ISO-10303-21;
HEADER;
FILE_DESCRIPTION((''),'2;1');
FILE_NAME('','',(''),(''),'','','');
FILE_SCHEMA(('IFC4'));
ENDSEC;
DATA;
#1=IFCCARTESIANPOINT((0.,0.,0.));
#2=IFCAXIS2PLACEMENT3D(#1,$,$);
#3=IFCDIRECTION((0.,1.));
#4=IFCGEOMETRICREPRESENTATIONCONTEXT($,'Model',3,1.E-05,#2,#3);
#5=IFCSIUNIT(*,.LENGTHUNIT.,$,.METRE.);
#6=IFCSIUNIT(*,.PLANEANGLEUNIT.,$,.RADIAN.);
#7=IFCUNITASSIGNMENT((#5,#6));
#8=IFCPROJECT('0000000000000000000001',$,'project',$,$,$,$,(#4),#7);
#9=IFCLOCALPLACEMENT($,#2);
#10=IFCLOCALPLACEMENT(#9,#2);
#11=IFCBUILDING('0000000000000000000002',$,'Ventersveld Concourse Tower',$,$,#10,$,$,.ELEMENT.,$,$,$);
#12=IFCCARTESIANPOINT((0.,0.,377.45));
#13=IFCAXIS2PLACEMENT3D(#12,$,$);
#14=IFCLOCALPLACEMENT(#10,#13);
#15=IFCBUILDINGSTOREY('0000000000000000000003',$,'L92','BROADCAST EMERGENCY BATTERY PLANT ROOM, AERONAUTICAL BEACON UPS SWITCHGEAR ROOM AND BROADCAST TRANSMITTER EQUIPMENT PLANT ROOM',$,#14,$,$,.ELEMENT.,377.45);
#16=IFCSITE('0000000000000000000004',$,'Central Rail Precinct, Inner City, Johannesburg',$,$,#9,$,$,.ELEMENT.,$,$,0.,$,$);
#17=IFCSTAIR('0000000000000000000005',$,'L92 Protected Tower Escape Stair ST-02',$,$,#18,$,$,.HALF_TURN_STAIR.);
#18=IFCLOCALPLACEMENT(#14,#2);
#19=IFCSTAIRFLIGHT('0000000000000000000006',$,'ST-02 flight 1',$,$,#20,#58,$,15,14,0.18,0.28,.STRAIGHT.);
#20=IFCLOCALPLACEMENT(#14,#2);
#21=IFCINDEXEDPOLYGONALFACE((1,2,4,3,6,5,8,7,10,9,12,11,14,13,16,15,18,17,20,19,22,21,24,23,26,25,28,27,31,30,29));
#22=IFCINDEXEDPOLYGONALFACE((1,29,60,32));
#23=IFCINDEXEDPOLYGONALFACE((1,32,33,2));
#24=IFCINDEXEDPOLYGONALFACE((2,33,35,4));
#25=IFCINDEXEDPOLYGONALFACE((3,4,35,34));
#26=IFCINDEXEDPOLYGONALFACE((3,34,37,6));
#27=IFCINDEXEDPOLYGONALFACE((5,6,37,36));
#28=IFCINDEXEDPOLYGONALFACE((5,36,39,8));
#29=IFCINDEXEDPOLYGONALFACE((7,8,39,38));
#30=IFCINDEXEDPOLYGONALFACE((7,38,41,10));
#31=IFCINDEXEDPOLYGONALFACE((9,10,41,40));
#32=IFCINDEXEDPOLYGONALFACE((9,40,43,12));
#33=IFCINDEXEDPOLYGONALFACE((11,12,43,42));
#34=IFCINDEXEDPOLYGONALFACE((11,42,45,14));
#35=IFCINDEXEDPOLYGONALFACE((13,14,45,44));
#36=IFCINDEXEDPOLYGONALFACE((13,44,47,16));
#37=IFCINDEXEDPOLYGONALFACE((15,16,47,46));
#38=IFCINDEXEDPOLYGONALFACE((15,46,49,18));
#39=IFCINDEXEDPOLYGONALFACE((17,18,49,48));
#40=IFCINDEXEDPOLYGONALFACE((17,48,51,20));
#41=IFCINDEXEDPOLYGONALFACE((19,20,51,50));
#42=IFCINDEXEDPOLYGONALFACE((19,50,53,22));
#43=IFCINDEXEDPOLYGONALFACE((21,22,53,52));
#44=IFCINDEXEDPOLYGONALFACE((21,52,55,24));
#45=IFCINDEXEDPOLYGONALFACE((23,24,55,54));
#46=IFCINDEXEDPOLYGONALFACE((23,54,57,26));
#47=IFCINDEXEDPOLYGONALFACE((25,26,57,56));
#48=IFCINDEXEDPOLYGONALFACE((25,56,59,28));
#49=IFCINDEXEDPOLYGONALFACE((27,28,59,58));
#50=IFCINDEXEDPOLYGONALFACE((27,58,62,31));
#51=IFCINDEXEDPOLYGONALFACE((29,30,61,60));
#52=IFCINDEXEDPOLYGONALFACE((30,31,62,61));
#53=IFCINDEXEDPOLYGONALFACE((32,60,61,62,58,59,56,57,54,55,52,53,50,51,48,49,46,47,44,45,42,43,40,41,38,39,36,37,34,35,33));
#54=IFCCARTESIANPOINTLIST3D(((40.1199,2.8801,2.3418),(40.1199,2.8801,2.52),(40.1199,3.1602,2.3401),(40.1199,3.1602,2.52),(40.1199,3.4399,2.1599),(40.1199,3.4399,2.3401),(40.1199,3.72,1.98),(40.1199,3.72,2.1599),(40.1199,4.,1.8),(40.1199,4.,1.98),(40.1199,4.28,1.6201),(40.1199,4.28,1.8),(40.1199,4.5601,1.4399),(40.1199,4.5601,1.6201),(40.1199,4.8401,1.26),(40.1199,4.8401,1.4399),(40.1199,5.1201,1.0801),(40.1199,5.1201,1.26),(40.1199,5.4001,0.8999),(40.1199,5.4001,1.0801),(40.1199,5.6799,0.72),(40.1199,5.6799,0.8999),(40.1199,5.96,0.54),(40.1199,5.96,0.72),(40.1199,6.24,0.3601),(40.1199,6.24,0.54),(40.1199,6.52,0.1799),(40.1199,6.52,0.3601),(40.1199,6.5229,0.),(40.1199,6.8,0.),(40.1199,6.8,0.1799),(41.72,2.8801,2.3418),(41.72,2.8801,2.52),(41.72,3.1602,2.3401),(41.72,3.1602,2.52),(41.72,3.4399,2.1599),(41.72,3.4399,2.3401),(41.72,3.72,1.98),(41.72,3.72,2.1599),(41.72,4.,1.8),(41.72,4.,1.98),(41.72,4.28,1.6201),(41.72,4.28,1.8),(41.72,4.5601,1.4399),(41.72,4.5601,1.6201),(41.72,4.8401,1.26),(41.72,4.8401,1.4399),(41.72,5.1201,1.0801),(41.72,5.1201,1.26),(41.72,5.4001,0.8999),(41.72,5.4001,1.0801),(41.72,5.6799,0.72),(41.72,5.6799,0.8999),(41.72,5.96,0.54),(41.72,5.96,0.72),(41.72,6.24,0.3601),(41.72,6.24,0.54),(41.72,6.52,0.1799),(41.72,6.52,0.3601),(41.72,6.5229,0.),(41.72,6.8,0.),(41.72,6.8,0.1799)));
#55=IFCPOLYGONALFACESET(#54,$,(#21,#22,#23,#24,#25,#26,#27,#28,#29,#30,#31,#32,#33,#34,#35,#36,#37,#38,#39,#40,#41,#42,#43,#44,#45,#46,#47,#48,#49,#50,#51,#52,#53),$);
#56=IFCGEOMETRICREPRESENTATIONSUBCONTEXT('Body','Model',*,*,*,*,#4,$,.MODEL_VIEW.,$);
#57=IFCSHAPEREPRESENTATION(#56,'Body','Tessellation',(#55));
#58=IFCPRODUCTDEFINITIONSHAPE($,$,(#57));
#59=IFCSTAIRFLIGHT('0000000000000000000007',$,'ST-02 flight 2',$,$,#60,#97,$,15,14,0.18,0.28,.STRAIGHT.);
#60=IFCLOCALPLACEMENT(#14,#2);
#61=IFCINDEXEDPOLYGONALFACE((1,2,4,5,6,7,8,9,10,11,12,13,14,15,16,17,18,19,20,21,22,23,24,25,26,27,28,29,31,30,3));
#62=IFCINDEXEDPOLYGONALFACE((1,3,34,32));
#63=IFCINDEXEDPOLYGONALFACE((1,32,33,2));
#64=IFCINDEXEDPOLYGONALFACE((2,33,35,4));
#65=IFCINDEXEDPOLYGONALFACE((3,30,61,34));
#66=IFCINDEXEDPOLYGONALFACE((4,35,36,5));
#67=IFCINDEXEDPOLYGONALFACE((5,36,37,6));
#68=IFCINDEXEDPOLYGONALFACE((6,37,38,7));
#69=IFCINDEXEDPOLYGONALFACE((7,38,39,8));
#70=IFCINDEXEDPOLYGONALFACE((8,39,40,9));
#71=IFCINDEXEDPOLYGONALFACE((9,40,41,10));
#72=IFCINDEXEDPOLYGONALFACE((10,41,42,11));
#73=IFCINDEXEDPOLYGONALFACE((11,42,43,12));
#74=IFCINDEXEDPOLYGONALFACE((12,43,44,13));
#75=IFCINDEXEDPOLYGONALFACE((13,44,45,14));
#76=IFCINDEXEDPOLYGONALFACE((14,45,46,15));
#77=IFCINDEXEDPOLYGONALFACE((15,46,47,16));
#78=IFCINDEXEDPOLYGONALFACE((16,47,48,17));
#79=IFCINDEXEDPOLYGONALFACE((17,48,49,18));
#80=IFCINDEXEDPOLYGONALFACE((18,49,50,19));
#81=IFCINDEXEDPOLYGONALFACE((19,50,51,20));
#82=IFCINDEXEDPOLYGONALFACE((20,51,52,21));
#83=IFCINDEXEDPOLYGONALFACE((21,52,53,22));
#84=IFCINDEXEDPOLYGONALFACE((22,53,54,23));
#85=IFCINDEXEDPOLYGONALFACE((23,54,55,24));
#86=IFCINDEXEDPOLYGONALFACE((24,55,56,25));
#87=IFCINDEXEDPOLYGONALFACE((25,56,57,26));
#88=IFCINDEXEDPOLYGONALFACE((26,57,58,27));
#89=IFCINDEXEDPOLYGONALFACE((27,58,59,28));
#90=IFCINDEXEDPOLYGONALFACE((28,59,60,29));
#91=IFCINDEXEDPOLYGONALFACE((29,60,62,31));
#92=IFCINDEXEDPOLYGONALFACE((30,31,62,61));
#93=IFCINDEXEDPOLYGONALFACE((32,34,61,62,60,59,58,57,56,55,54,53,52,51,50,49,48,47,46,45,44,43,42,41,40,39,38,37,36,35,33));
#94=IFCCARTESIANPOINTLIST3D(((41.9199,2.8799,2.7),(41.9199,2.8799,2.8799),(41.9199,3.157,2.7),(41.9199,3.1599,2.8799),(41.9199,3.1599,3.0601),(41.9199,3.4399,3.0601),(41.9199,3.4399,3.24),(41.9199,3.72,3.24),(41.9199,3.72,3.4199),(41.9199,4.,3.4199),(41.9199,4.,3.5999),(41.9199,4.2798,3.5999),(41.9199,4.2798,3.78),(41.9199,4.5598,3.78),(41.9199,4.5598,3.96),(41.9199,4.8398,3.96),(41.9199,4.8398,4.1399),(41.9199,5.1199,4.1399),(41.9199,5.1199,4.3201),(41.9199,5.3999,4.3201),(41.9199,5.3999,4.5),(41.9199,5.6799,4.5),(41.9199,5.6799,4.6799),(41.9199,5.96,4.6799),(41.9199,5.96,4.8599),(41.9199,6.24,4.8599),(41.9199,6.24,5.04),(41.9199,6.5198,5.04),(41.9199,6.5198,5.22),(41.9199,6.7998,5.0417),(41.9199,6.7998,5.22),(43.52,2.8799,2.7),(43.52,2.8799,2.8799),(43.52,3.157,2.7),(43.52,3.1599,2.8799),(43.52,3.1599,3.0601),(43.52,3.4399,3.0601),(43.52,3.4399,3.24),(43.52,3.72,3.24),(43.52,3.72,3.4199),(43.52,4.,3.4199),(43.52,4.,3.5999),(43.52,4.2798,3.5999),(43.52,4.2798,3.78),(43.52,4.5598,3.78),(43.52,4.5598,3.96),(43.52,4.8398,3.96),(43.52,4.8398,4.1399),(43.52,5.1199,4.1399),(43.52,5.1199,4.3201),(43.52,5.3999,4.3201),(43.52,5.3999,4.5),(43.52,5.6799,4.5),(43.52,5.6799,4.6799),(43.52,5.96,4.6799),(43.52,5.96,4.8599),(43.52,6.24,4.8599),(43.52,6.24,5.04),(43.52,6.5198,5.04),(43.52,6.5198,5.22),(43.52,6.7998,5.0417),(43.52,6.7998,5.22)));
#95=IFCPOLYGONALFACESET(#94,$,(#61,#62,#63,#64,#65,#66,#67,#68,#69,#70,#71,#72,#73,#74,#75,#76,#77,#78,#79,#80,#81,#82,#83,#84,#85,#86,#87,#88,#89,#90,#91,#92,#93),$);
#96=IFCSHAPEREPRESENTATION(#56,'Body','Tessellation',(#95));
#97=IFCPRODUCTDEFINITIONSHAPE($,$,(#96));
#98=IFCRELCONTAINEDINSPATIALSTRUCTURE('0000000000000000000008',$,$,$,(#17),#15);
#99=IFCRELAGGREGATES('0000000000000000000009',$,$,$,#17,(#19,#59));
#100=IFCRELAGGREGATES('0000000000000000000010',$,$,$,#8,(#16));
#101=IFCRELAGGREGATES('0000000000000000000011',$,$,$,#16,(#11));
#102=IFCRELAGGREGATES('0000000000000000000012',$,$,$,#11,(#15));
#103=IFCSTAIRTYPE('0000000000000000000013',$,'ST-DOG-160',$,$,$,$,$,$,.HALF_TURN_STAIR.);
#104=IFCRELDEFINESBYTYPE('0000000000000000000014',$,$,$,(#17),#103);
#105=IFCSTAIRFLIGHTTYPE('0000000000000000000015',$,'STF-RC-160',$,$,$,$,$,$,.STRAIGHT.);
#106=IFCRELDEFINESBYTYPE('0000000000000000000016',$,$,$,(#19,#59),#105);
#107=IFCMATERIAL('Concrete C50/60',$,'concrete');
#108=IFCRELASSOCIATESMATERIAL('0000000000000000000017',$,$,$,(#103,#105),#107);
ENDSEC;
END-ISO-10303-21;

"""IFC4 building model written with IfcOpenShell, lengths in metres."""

from ifc_helpers import new_model, si_unit, direction, frame, origin, place, context, subcontext, project, spatial, polyline, outline, extrude, material, type_object, element, aggregate, save


model = new_model("IFC4")

# Units and contexts
model_context = context("Model", 3, precision=1e-05, world=origin(), true_north=direction((0.0, 1.0)))
body_context = subcontext(model_context, "Body", "Model", "MODEL_VIEW")
ifc_project = project(units=[si_unit("LENGTHUNIT", "METRE"), si_unit("PLANEANGLEUNIT", "RADIAN")], contexts=[model_context])

# Site, building, storey
site_placement = place(None, origin())
site = spatial("IfcSite", under=ifc_project, at=site_placement, Name="Central Rail Precinct, Inner City, Johannesburg", CompositionType="ELEMENT", RefElevation=0.0)
building_placement = place(site_placement, origin())
building = spatial("IfcBuilding", under=site, at=building_placement, Name="Ventersveld Concourse Tower", CompositionType="ELEMENT")
storey_placement = place(building_placement, frame((0.0, 0.0, 377.45)))
storey = spatial("IfcBuildingStorey", under=building, at=storey_placement, Name="L92", Description="BROADCAST EMERGENCY BATTERY PLANT ROOM, AERONAUTICAL BEACON UPS SWITCHGEAR ROOM AND BROADCAST TRANSMITTER EQUIPMENT PLANT ROOM", CompositionType="ELEMENT", Elevation=377.45)

# Shared definitions
ifc_material_1 = material(Name="Concrete C50/60", Category="concrete")

# Stair, stair flights
stair_type = type_object("IfcStairType", Name="ST-DOG-160", PredefinedType="HALF_TURN_STAIR", material=ifc_material_1)
stair_placement = place(storey_placement, origin())
stair = element("IfcStair", 1, at=stair_placement, inside=storey, type_object=stair_type, Name="L92 Protected Tower Escape Stair ST-02", PredefinedType="HALF_TURN_STAIR")
stair_flight_type = type_object("IfcStairFlightType", Name="STF-RC-160", PredefinedType="STRAIGHT", material=ifc_material_1)
stair_flight_1_placement = place(storey_placement, frame((40.9199, 6.8, 0.0), z_axis=(0.0, 0.0, 1.0), x_axis=(0.0, -1.0, 0.0)))
stair_flight_1 = element("IfcStairFlight", 2, at=stair_flight_1_placement, type_object=stair_flight_type, Name="ST-02 flight 1", NumberOfRisers=15, NumberOfTreads=14, PredefinedType="STRAIGHT", RiserHeight=0.18, TreadLength=0.28, context=body_context, shape_type="SweptSolid", body=[
    extrude(outline(polyline([(0.0, 0.0), (0.0, 0.1799), (0.28, 0.1799), (0.28, 0.3601), (0.5601, 0.3601), (0.5601, 0.54), (0.8401, 0.54), (0.8401, 0.72), (1.1201, 0.72), (1.1201, 0.8999), (1.3999, 0.8999), (1.3999, 1.0801), (1.6799, 1.0801), (1.6799, 1.26), (1.96, 1.26), (1.96, 1.4399), (2.24, 1.4399), (2.24, 1.6201), (2.52, 1.6201), (2.52, 1.8), (2.8, 1.8), (2.8, 1.98), (3.0801, 1.98), (3.0801, 2.1599), (3.3601, 2.1599), (3.3601, 2.3401), (3.6399, 2.3401), (3.6399, 2.52), (3.9199, 2.52), (3.9199, 2.7), (3.9199, 2.3418), (0.2771, 0.0), (0.0, 0.0)])), frame((0.0, 0.8, 0.0), z_axis=(0.0, -1.0, 0.0), x_axis=(1.0, 0.0, 0.0)), (0.0, 0.0, 1.0), 1.6001),
])
stair_flight_2_placement = place(storey_placement, frame((42.72, 2.8799, 2.7), z_axis=(0.0, 0.0, 1.0), x_axis=(0.0, 1.0, 0.0)))
stair_flight_2 = element("IfcStairFlight", 3, at=stair_flight_2_placement, type_object=stair_flight_type, Name="ST-02 flight 2", NumberOfRisers=15, NumberOfTreads=14, PredefinedType="STRAIGHT", RiserHeight=0.18, TreadLength=0.28, context=body_context, shape_type="SweptSolid", body=[
    extrude(outline(polyline([(0.0, 0.0), (0.0, 0.1799), (0.28, 0.1799), (0.28, 0.3601), (0.5601, 0.3601), (0.5601, 0.54), (0.8401, 0.54), (0.8401, 0.72), (1.1201, 0.72), (1.1201, 0.8999), (1.3999, 0.8999), (1.3999, 1.0801), (1.6799, 1.0801), (1.6799, 1.26), (1.96, 1.26), (1.96, 1.4399), (2.24, 1.4399), (2.24, 1.6201), (2.52, 1.6201), (2.52, 1.8), (2.8, 1.8), (2.8, 1.98), (3.0801, 1.98), (3.0801, 2.1599), (3.3601, 2.1599), (3.3601, 2.3401), (3.6399, 2.3401), (3.6399, 2.52), (3.9199, 2.52), (3.9199, 2.7), (3.9199, 2.3418), (0.2771, 0.0), (0.0, 0.0)])), frame((0.0, 0.8, 0.0), z_axis=(0.0, -1.0, 0.0), x_axis=(1.0, 0.0, 0.0)), (0.0, 0.0, 1.0), 1.6001),
])
aggregate(stair, [stair_flight_1, stair_flight_2])

save(model, "model.ifc")
